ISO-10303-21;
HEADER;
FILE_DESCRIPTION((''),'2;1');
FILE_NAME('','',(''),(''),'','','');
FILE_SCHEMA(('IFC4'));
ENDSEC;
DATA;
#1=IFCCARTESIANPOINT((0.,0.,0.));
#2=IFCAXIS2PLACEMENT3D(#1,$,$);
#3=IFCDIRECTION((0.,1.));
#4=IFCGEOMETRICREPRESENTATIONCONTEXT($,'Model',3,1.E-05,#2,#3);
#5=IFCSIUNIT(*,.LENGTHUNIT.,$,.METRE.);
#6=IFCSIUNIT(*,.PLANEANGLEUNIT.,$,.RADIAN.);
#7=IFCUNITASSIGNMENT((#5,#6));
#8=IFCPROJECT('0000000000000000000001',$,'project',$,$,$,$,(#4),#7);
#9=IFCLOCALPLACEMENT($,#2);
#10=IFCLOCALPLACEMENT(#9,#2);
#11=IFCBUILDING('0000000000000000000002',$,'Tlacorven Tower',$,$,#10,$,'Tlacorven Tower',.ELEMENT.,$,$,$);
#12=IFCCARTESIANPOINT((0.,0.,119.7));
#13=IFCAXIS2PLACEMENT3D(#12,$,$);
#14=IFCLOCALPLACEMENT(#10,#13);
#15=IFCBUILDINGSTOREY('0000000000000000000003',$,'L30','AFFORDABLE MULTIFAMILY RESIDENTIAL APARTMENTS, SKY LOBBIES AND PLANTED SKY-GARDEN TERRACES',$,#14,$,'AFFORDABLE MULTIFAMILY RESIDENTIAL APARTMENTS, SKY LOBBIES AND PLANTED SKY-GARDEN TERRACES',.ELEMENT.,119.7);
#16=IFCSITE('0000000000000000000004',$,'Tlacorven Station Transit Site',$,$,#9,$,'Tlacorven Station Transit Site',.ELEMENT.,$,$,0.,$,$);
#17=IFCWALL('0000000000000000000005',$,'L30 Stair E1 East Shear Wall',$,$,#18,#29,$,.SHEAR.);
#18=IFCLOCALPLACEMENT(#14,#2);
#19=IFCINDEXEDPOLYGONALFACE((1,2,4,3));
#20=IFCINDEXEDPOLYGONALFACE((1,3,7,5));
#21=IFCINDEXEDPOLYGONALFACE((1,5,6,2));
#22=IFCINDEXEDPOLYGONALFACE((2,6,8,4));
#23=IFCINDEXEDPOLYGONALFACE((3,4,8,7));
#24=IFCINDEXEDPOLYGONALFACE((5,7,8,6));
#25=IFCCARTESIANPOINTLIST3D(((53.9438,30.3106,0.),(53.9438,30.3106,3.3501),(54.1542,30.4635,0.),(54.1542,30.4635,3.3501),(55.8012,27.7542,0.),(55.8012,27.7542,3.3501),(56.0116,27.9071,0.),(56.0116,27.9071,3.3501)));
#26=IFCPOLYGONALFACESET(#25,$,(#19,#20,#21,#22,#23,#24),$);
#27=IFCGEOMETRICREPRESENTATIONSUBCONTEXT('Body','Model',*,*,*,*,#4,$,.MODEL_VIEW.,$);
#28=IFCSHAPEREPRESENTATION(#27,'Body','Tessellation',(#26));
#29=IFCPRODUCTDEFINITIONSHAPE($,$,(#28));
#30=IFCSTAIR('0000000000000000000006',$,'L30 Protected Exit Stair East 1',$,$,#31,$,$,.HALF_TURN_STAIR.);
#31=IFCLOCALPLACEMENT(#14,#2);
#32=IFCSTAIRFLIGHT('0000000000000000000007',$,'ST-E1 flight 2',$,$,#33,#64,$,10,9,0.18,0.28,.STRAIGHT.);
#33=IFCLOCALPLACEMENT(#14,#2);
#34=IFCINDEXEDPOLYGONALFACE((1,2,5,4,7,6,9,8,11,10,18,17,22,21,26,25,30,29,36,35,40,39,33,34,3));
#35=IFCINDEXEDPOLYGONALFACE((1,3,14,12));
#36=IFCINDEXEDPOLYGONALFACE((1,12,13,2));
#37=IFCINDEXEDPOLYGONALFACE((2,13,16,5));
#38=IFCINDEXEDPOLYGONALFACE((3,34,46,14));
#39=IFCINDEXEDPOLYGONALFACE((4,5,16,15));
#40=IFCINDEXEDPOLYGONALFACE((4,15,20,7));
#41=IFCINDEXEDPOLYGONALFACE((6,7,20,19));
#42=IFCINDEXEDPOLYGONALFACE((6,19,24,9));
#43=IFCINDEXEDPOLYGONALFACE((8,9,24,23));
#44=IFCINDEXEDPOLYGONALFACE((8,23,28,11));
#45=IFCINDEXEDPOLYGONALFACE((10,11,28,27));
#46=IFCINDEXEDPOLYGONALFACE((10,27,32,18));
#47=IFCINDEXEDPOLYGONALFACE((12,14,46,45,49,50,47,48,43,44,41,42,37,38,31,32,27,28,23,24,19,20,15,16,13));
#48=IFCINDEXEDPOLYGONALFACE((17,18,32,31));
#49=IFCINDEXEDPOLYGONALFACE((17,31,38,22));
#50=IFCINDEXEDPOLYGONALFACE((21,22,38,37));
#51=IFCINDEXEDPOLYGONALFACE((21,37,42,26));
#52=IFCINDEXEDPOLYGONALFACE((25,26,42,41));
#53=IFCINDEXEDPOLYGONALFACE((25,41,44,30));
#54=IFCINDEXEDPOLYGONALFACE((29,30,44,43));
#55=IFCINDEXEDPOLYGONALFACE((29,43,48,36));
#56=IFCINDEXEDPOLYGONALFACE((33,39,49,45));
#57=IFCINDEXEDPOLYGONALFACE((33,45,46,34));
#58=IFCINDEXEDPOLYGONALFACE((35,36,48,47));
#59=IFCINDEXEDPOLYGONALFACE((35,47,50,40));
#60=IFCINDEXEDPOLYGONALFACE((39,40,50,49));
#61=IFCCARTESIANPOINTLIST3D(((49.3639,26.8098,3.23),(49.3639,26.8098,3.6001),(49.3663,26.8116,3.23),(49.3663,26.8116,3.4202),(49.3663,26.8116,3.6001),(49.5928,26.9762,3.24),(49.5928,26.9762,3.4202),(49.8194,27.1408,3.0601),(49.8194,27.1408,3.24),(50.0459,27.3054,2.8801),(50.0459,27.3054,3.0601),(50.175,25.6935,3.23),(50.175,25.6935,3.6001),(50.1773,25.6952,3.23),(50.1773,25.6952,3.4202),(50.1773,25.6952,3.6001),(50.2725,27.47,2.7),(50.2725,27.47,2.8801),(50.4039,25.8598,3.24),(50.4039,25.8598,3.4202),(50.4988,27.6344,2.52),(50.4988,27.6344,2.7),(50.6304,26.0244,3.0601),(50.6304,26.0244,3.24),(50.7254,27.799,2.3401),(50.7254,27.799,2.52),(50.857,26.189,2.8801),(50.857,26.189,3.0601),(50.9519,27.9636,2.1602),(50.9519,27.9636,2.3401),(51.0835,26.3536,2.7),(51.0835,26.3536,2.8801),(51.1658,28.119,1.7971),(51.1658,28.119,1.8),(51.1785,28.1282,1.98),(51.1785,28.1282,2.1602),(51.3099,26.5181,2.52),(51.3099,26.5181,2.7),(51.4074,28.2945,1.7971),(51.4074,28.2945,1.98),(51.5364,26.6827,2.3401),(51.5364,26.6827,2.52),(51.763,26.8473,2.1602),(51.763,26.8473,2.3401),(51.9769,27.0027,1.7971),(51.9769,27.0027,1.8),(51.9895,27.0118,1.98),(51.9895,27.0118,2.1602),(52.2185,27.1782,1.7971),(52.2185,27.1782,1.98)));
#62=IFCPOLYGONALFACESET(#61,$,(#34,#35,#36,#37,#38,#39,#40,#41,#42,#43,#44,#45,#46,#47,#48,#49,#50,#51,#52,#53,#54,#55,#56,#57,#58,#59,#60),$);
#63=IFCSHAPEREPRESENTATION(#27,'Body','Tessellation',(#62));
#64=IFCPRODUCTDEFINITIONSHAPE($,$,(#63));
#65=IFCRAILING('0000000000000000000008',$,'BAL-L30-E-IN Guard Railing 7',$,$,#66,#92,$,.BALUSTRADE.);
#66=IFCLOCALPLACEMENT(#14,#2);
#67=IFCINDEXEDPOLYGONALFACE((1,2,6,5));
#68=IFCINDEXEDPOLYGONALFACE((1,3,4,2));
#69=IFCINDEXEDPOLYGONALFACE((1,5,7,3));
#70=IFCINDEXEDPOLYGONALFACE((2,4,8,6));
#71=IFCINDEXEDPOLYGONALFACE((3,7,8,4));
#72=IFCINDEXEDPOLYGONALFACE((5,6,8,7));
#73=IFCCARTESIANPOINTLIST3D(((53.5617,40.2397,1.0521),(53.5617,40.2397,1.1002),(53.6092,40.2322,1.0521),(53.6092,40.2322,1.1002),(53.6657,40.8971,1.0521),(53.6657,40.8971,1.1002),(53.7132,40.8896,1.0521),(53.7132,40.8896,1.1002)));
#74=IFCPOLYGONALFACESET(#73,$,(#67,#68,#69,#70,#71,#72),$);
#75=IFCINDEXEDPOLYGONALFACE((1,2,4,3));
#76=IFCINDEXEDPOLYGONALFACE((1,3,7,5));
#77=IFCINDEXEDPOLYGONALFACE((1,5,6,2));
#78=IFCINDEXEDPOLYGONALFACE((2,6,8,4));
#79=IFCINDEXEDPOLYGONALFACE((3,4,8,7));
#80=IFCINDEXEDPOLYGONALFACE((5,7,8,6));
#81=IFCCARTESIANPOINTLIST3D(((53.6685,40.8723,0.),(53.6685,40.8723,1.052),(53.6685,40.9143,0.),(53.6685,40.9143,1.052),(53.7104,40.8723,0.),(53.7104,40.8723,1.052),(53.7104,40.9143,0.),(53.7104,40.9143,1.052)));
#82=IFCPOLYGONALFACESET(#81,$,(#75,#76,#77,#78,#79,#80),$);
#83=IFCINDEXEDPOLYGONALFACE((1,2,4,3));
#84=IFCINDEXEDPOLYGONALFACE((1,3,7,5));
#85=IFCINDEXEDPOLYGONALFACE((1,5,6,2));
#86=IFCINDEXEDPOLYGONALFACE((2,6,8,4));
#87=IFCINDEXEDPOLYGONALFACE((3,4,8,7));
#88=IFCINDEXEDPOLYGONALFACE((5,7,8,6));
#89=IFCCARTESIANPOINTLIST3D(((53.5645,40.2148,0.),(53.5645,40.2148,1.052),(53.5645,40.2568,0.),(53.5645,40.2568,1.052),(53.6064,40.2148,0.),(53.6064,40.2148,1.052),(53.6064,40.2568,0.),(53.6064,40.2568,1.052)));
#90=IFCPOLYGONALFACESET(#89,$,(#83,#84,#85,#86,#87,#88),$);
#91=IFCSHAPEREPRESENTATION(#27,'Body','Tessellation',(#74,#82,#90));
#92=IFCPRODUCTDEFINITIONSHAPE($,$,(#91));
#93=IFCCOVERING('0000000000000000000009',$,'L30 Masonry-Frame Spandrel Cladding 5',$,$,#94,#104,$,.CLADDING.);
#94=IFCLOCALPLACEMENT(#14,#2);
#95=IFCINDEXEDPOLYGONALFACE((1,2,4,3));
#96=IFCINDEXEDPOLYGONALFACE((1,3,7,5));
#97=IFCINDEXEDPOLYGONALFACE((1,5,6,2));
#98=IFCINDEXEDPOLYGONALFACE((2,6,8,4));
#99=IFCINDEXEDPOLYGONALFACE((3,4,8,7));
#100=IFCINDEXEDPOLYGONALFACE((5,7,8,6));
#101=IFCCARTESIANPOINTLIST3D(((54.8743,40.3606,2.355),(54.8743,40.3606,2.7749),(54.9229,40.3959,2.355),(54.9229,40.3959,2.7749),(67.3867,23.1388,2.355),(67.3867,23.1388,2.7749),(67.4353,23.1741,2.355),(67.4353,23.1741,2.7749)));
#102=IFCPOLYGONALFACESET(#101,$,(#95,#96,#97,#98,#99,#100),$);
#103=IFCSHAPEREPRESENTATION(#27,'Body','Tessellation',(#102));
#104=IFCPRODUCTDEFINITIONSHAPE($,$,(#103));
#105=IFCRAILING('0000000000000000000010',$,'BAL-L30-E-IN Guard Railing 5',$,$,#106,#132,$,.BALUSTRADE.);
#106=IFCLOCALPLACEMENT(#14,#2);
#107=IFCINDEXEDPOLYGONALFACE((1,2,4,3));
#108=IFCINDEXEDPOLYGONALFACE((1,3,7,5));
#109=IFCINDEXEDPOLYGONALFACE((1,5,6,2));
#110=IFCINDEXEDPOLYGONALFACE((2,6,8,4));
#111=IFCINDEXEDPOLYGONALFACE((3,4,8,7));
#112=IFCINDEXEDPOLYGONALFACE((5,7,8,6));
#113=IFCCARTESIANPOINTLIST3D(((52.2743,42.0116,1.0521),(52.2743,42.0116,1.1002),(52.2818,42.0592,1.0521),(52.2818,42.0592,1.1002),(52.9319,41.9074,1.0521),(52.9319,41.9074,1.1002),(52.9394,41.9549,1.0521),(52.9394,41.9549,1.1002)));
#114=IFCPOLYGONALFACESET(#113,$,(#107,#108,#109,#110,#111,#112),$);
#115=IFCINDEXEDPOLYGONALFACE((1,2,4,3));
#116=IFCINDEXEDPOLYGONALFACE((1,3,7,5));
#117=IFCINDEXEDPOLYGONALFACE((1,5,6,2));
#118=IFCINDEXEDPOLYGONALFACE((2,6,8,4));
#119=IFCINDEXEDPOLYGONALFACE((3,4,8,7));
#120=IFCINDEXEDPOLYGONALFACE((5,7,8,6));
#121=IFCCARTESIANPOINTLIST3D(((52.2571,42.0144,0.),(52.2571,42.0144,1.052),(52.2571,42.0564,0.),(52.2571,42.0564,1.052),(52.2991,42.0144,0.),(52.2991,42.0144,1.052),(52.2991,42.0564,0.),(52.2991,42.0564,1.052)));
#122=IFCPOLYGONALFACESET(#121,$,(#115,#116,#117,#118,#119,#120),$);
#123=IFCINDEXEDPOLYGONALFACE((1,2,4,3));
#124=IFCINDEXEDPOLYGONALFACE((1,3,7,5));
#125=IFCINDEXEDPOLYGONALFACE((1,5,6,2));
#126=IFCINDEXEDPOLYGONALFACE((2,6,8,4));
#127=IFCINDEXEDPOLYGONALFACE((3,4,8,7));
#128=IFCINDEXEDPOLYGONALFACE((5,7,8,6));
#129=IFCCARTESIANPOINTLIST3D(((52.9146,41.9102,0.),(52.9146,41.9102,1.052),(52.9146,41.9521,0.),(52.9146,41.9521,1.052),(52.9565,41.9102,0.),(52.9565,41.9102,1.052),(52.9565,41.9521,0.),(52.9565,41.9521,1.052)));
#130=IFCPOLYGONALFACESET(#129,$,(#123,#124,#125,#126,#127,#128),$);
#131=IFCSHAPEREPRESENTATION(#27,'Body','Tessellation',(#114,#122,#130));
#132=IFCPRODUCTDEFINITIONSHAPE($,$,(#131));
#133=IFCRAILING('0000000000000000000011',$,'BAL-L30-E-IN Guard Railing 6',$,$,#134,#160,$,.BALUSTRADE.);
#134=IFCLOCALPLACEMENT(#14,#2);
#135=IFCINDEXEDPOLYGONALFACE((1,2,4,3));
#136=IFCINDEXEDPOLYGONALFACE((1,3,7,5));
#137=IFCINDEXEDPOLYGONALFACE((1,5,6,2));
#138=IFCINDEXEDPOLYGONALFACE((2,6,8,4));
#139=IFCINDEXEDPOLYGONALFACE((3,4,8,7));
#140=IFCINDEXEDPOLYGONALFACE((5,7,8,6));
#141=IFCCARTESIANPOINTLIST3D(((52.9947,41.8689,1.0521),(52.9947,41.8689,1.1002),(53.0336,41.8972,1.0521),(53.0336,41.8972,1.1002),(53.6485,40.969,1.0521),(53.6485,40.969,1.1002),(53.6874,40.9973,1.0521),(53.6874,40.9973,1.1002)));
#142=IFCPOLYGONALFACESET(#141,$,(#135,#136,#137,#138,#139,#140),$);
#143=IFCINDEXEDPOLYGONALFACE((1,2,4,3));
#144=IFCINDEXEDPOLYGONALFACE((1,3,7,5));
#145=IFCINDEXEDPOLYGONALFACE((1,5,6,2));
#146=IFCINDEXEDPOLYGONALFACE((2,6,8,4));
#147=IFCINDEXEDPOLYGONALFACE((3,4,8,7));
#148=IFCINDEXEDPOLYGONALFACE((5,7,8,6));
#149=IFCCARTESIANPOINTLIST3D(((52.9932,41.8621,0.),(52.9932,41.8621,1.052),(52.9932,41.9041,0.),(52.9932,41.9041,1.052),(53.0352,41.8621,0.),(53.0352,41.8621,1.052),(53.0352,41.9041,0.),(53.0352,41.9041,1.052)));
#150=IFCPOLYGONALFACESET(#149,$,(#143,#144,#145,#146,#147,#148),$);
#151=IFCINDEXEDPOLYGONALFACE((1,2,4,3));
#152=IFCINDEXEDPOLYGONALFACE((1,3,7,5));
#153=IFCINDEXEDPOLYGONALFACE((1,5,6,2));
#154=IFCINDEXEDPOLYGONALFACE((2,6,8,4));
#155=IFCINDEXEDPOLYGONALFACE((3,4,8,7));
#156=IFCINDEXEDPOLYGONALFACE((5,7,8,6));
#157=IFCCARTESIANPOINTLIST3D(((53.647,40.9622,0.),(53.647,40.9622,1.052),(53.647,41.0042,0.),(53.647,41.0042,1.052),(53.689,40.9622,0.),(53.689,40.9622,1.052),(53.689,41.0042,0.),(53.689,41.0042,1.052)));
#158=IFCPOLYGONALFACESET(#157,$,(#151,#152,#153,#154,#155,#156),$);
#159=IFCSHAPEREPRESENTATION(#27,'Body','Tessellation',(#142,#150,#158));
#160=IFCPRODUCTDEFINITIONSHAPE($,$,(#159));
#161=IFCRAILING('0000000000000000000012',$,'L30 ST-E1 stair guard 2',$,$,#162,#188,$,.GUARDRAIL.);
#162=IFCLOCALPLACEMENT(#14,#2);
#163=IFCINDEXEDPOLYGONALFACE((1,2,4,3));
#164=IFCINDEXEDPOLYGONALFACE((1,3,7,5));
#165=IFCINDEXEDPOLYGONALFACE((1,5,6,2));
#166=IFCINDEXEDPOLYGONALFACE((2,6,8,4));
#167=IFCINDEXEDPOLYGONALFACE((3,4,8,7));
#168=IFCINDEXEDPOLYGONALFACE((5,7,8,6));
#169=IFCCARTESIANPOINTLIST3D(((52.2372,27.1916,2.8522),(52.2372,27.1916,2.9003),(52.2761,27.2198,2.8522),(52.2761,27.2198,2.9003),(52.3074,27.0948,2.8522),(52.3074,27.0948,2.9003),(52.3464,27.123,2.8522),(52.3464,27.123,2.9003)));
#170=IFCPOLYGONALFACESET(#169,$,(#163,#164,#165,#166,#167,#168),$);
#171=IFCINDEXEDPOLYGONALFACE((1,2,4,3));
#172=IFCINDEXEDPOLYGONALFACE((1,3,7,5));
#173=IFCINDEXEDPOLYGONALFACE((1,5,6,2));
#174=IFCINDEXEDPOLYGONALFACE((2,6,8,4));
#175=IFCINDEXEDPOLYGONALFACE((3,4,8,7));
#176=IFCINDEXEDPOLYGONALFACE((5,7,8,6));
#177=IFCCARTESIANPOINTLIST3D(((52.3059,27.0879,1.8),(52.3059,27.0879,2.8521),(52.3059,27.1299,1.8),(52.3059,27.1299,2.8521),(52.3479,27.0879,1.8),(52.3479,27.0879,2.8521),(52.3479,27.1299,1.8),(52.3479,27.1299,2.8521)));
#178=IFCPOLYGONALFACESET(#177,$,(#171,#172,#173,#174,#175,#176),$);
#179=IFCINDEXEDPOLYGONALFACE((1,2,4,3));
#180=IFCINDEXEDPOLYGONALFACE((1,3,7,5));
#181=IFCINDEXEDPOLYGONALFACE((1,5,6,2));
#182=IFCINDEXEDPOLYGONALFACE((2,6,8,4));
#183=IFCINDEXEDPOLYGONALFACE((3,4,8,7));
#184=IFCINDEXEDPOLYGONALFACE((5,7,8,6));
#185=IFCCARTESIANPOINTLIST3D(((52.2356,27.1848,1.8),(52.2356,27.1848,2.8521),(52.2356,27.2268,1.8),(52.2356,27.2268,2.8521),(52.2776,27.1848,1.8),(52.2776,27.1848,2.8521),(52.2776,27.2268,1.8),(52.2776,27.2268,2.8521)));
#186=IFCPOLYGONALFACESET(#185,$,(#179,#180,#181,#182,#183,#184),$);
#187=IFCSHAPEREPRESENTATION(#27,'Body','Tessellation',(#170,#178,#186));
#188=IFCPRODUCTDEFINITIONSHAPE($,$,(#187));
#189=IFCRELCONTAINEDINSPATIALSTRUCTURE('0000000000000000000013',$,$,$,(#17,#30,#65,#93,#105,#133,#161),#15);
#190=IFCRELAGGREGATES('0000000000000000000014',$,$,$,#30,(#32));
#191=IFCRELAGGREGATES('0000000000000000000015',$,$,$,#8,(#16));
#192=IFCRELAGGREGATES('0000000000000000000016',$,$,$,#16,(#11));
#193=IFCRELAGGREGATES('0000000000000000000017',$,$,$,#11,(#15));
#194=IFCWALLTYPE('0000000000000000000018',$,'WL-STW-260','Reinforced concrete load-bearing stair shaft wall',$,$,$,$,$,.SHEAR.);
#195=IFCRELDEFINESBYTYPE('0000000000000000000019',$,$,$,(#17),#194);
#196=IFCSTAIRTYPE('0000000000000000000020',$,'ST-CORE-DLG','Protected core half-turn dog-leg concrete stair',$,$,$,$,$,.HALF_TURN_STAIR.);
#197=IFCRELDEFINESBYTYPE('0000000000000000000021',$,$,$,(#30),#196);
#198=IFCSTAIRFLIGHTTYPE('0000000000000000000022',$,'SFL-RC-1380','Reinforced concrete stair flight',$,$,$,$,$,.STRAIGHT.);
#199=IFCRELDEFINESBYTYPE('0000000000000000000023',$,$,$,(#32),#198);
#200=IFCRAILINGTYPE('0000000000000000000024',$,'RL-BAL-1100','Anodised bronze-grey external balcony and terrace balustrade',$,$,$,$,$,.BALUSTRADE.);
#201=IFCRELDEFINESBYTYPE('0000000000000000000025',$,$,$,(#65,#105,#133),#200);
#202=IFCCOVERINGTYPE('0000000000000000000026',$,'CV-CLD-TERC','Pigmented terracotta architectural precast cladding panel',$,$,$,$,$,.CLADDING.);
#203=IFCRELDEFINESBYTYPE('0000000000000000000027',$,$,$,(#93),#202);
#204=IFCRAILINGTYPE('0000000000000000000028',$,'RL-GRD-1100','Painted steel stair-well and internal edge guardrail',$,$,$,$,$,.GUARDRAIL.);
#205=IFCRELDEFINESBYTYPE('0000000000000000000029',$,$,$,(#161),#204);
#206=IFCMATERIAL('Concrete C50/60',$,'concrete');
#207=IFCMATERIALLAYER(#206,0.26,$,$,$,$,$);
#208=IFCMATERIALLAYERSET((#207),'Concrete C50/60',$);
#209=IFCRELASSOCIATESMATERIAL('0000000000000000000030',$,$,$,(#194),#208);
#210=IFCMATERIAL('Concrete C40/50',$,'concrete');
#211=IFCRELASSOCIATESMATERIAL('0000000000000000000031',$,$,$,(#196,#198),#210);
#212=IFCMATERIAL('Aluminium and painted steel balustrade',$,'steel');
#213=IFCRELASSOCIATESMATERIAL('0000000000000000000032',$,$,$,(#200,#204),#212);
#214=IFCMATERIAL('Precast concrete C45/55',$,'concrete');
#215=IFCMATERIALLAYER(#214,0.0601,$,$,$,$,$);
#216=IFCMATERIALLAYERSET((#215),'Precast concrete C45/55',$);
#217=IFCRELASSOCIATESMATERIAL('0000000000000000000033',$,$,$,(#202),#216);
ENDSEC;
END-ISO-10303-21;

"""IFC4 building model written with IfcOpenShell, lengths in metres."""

from ifc_helpers import new_model, si_unit, direction, frame, frame_2d, origin, origin_2d, place, context, subcontext, project, spatial, polyline, rectangle, outline, extrude, source, transform, mapped, material, layer, layer_set, type_object, element, aggregate, save


model = new_model("IFC4")

# Units and contexts
model_context = context("Model", 3, precision=1e-05, world=origin(), true_north=direction((0.0, 1.0)))
body_context = subcontext(model_context, "Body", "Model", "MODEL_VIEW")
ifc_project = project(units=[si_unit("LENGTHUNIT", "METRE"), si_unit("PLANEANGLEUNIT", "RADIAN")], contexts=[model_context])

# Site, building, storey
site_placement = place(None, origin())
site = spatial("IfcSite", under=ifc_project, at=site_placement, Name="Tlacorven Station Transit Site", LongName="Tlacorven Station Transit Site", CompositionType="ELEMENT", RefElevation=0.0)
building_placement = place(site_placement, origin())
building = spatial("IfcBuilding", under=site, at=building_placement, Name="Tlacorven Tower", LongName="Tlacorven Tower", CompositionType="ELEMENT")
storey_placement = place(building_placement, frame((0.0, 0.0, 119.7)))
storey = spatial("IfcBuildingStorey", under=building, at=storey_placement, Name="L30", Description="AFFORDABLE MULTIFAMILY RESIDENTIAL APARTMENTS, SKY LOBBIES AND PLANTED SKY-GARDEN TERRACES", LongName="AFFORDABLE MULTIFAMILY RESIDENTIAL APARTMENTS, SKY LOBBIES AND PLANTED SKY-GARDEN TERRACES", CompositionType="ELEMENT", Elevation=119.7)

# Shared definitions
ifc_material_1 = material(Name="Precast concrete C45/55", Category="concrete")

# Wall
ifc_material_2 = material(Name="Concrete C50/60", Category="concrete")
ifc_layer_1 = layer(ifc_material_2, 0.26)
ifc_layer_set_1 = layer_set([ifc_layer_1], Name="Concrete C50/60")
wall_type_1 = type_object("IfcWallType", Name="WL-STW-260", Description="Reinforced concrete load-bearing stair shaft wall", PredefinedType="SHEAR", material=ifc_layer_set_1)
wall_1_placement = place(storey_placement, frame((55.9065, 27.8306, 0.0), z_axis=(0.0, 0.0, 1.0), x_axis=(-0.587804, 0.809003, 0.0)))
element("IfcWall", 1, at=wall_1_placement, inside=storey, type_object=wall_type_1, Name="L30 Stair E1 East Shear Wall", PredefinedType="SHEAR", context=body_context, shape_type="SweptSolid", body=[
    extrude(rectangle(XDim=3.1599, YDim=0.26, at=frame_2d((1.5801, 0.0))), origin(), (0.0, 0.0, 1.0), 3.3501),
])

# Stair, stair flight
ifc_material_3 = material(Name="Concrete C40/50", Category="concrete")
stair_type = type_object("IfcStairType", Name="ST-CORE-DLG", Description="Protected core half-turn dog-leg concrete stair", PredefinedType="HALF_TURN_STAIR", material=ifc_material_3)
stair_placement = place(storey_placement, origin())
stair = element("IfcStair", 2, at=stair_placement, inside=storey, type_object=stair_type, Name="L30 Protected Exit Stair East 1", PredefinedType="HALF_TURN_STAIR")
stair_flight_type = type_object("IfcStairFlightType", Name="SFL-RC-1380", Description="Reinforced concrete stair flight", PredefinedType="STRAIGHT", material=ifc_material_3)
shared_shape_1 = source(origin(), body_context, "Body", "SweptSolid", [
    extrude(outline(polyline([(-0.0029, -0.0029), (-0.0029, 0.1799), (0.28, 0.1799), (0.28, 0.3601), (0.5601, 0.3601), (0.5601, 0.54), (0.8401, 0.54), (0.8401, 0.72), (1.1201, 0.72), (1.1201, 0.8999), (1.3999, 0.8999), (1.3999, 1.0801), (1.6799, 1.0801), (1.6799, 1.26), (1.96, 1.26), (1.96, 1.4399), (2.24, 1.4399), (2.24, 1.6201), (2.52, 1.6201), (2.52, 1.8), (2.5229, 1.8), (2.5229, 1.4299), (2.52, 1.4299), (0.2957, 0.0), (0.2957, -0.0029), (-0.0029, -0.0029)])), frame((0.0, 0.6899, 0.0), z_axis=(0.0, -1.0, 0.0), x_axis=(1.0, 0.0, 0.0)), (0.0, 0.0, 1.0), 1.3799),
])
stair_flight_placement = place(storey_placement, frame((51.8105, 27.7346, 1.8), z_axis=(0.0, 0.0, 1.0), x_axis=(-0.809017, -0.587785, 0.0)))
stair_flight = element("IfcStairFlight", 3, at=stair_flight_placement, type_object=stair_flight_type, Name="ST-E1 flight 2", NumberOfRisers=10, NumberOfTreads=9, PredefinedType="STRAIGHT", RiserHeight=0.18, TreadLength=0.28, context=body_context, shape_type="MappedRepresentation", body=[
    mapped(shared_shape_1, transform((0.0, 0.0, 0.0), scale=1.0)),
])
aggregate(stair, [stair_flight])

# Railing
ifc_material_4 = material(Name="Aluminium and painted steel balustrade", Category="steel")
railing_type_1 = type_object("IfcRailingType", Name="RL-BAL-1100", Description="Anodised bronze-grey external balcony and terrace balustrade", PredefinedType="BALUSTRADE", material=ifc_material_4)
shared_shape_2 = source(origin(), body_context, "Body", "SweptSolid", [
    extrude(rectangle(XDim=0.0481, YDim=0.0481, at=origin_2d()), frame((0.0, 0.0, 1.0762), z_axis=(-0.156245, -0.987718, 0.0), x_axis=(0.987718, -0.156245, 0.0)), (0.0, 0.0, 1.0), 0.6655),
    extrude(rectangle(XDim=0.042, YDim=0.042, at=origin_2d()), origin(), (0.0, 0.0, 1.0), 1.052),
    extrude(rectangle(XDim=0.042, YDim=0.042, at=origin_2d()), frame((-0.104, -0.6575, 0.0)), (0.0, 0.0, 1.0), 1.052),
])
railing_1_placement = place(storey_placement, frame((53.6895, 40.8933, 0.0)))
element("IfcRailing", 4, at=railing_1_placement, inside=storey, type_object=railing_type_1, Name="BAL-L30-E-IN Guard Railing 7", PredefinedType="BALUSTRADE", context=body_context, shape_type="MappedRepresentation", body=[
    mapped(shared_shape_2, transform((0.0, 0.0, 0.0), scale=1.0)),
])

# Covering
ifc_layer_2 = layer(ifc_material_1, 0.0601)
ifc_layer_set_2 = layer_set([ifc_layer_2], Name="Precast concrete C45/55")
covering_type = type_object("IfcCoveringType", Name="CV-CLD-TERC", Description="Pigmented terracotta architectural precast cladding panel", PredefinedType="CLADDING", material=ifc_layer_set_2)
shared_shape_3 = source(origin(), body_context, "Body", "SweptSolid", [
    extrude(rectangle(XDim=21.2874, YDim=0.0601, at=origin_2d()), origin(), (0.0, 0.0, 1.0), 0.4199),
])
covering_placement = place(storey_placement, frame((61.1548, 31.7673, 2.355), z_axis=(0.0, 0.0, 1.0), x_axis=(0.587785, -0.809017, 0.0)))
element("IfcCovering", 5, at=covering_placement, inside=storey, type_object=covering_type, Name="L30 Masonry-Frame Spandrel Cladding 5", PredefinedType="CLADDING", context=body_context, shape_type="MappedRepresentation", body=[
    mapped(shared_shape_3, transform((0.0, 0.0, 0.0), scale=1.0)),
])

# Railings
shared_shape_4 = source(origin(), body_context, "Body", "SweptSolid", [
    extrude(rectangle(XDim=0.0481, YDim=0.0481, at=origin_2d()), frame((0.0, 0.0, 1.0762), z_axis=(0.987662, -0.156603, 0.0), x_axis=(0.156603, 0.987662, 0.0)), (0.0, 0.0, 1.0), 0.6658),
    extrude(rectangle(XDim=0.042, YDim=0.042, at=origin_2d()), origin(), (0.0, 0.0, 1.0), 1.052),
    extrude(rectangle(XDim=0.042, YDim=0.042, at=origin_2d()), frame((0.6575, -0.1042, 0.0)), (0.0, 0.0, 1.0), 1.052),
])
railing_2_placement = place(storey_placement, frame((52.2781, 42.0354, 0.0)))
element("IfcRailing", 6, at=railing_2_placement, inside=storey, type_object=railing_type_1, Name="BAL-L30-E-IN Guard Railing 5", PredefinedType="BALUSTRADE", context=body_context, shape_type="MappedRepresentation", body=[
    mapped(shared_shape_4, transform((0.0, 0.0, 0.0), scale=1.0)),
])
shared_shape_5 = source(origin(), body_context, "Body", "SweptSolid", [
    extrude(rectangle(XDim=0.0481, YDim=0.0481, at=origin_2d()), frame((0.0, 0.0, 1.0762), z_axis=(0.58778, -0.809021, 0.0), x_axis=(0.809021, 0.58778, 0.0)), (0.0, 0.0, 1.0), 1.1123),
    extrude(rectangle(XDim=0.042, YDim=0.042, at=origin_2d()), origin(), (0.0, 0.0, 1.0), 1.052),
    extrude(rectangle(XDim=0.042, YDim=0.042, at=origin_2d()), frame((0.6538, -0.8999, 0.0)), (0.0, 0.0, 1.0), 1.052),
])
railing_3_placement = place(storey_placement, frame((53.0142, 41.8831, 0.0)))
element("IfcRailing", 7, at=railing_3_placement, inside=storey, type_object=railing_type_1, Name="BAL-L30-E-IN Guard Railing 6", PredefinedType="BALUSTRADE", context=body_context, shape_type="MappedRepresentation", body=[
    mapped(shared_shape_5, transform((0.0, 0.0, 0.0), scale=1.0)),
])
railing_type_2 = type_object("IfcRailingType", Name="RL-GRD-1100", Description="Painted steel stair-well and internal edge guardrail", PredefinedType="GUARDRAIL", material=ifc_material_4)
shared_shape_6 = source(origin(), body_context, "Body", "SweptSolid", [
    extrude(rectangle(XDim=0.0481, YDim=0.0481, at=origin_2d()), frame((0.0, 0.0, 1.0762), z_axis=(-0.587201, 0.809441, 0.0), x_axis=(-0.809441, -0.587201, 0.0)), (0.0, 0.0, 1.0), 0.1196),
    extrude(rectangle(XDim=0.042, YDim=0.042, at=origin_2d()), origin(), (0.0, 0.0, 1.0), 1.052),
    extrude(rectangle(XDim=0.042, YDim=0.042, at=origin_2d()), frame((-0.0703, 0.0969, 0.0)), (0.0, 0.0, 1.0), 1.052),
])
railing_4_placement = place(storey_placement, frame((52.3269, 27.1089, 1.8)))
element("IfcRailing", 8, at=railing_4_placement, inside=storey, type_object=railing_type_2, Name="L30 ST-E1 stair guard 2", PredefinedType="GUARDRAIL", context=body_context, shape_type="MappedRepresentation", body=[
    mapped(shared_shape_6, transform((0.0, 0.0, 0.0), scale=1.0)),
])

save(model, "model.ifc")
